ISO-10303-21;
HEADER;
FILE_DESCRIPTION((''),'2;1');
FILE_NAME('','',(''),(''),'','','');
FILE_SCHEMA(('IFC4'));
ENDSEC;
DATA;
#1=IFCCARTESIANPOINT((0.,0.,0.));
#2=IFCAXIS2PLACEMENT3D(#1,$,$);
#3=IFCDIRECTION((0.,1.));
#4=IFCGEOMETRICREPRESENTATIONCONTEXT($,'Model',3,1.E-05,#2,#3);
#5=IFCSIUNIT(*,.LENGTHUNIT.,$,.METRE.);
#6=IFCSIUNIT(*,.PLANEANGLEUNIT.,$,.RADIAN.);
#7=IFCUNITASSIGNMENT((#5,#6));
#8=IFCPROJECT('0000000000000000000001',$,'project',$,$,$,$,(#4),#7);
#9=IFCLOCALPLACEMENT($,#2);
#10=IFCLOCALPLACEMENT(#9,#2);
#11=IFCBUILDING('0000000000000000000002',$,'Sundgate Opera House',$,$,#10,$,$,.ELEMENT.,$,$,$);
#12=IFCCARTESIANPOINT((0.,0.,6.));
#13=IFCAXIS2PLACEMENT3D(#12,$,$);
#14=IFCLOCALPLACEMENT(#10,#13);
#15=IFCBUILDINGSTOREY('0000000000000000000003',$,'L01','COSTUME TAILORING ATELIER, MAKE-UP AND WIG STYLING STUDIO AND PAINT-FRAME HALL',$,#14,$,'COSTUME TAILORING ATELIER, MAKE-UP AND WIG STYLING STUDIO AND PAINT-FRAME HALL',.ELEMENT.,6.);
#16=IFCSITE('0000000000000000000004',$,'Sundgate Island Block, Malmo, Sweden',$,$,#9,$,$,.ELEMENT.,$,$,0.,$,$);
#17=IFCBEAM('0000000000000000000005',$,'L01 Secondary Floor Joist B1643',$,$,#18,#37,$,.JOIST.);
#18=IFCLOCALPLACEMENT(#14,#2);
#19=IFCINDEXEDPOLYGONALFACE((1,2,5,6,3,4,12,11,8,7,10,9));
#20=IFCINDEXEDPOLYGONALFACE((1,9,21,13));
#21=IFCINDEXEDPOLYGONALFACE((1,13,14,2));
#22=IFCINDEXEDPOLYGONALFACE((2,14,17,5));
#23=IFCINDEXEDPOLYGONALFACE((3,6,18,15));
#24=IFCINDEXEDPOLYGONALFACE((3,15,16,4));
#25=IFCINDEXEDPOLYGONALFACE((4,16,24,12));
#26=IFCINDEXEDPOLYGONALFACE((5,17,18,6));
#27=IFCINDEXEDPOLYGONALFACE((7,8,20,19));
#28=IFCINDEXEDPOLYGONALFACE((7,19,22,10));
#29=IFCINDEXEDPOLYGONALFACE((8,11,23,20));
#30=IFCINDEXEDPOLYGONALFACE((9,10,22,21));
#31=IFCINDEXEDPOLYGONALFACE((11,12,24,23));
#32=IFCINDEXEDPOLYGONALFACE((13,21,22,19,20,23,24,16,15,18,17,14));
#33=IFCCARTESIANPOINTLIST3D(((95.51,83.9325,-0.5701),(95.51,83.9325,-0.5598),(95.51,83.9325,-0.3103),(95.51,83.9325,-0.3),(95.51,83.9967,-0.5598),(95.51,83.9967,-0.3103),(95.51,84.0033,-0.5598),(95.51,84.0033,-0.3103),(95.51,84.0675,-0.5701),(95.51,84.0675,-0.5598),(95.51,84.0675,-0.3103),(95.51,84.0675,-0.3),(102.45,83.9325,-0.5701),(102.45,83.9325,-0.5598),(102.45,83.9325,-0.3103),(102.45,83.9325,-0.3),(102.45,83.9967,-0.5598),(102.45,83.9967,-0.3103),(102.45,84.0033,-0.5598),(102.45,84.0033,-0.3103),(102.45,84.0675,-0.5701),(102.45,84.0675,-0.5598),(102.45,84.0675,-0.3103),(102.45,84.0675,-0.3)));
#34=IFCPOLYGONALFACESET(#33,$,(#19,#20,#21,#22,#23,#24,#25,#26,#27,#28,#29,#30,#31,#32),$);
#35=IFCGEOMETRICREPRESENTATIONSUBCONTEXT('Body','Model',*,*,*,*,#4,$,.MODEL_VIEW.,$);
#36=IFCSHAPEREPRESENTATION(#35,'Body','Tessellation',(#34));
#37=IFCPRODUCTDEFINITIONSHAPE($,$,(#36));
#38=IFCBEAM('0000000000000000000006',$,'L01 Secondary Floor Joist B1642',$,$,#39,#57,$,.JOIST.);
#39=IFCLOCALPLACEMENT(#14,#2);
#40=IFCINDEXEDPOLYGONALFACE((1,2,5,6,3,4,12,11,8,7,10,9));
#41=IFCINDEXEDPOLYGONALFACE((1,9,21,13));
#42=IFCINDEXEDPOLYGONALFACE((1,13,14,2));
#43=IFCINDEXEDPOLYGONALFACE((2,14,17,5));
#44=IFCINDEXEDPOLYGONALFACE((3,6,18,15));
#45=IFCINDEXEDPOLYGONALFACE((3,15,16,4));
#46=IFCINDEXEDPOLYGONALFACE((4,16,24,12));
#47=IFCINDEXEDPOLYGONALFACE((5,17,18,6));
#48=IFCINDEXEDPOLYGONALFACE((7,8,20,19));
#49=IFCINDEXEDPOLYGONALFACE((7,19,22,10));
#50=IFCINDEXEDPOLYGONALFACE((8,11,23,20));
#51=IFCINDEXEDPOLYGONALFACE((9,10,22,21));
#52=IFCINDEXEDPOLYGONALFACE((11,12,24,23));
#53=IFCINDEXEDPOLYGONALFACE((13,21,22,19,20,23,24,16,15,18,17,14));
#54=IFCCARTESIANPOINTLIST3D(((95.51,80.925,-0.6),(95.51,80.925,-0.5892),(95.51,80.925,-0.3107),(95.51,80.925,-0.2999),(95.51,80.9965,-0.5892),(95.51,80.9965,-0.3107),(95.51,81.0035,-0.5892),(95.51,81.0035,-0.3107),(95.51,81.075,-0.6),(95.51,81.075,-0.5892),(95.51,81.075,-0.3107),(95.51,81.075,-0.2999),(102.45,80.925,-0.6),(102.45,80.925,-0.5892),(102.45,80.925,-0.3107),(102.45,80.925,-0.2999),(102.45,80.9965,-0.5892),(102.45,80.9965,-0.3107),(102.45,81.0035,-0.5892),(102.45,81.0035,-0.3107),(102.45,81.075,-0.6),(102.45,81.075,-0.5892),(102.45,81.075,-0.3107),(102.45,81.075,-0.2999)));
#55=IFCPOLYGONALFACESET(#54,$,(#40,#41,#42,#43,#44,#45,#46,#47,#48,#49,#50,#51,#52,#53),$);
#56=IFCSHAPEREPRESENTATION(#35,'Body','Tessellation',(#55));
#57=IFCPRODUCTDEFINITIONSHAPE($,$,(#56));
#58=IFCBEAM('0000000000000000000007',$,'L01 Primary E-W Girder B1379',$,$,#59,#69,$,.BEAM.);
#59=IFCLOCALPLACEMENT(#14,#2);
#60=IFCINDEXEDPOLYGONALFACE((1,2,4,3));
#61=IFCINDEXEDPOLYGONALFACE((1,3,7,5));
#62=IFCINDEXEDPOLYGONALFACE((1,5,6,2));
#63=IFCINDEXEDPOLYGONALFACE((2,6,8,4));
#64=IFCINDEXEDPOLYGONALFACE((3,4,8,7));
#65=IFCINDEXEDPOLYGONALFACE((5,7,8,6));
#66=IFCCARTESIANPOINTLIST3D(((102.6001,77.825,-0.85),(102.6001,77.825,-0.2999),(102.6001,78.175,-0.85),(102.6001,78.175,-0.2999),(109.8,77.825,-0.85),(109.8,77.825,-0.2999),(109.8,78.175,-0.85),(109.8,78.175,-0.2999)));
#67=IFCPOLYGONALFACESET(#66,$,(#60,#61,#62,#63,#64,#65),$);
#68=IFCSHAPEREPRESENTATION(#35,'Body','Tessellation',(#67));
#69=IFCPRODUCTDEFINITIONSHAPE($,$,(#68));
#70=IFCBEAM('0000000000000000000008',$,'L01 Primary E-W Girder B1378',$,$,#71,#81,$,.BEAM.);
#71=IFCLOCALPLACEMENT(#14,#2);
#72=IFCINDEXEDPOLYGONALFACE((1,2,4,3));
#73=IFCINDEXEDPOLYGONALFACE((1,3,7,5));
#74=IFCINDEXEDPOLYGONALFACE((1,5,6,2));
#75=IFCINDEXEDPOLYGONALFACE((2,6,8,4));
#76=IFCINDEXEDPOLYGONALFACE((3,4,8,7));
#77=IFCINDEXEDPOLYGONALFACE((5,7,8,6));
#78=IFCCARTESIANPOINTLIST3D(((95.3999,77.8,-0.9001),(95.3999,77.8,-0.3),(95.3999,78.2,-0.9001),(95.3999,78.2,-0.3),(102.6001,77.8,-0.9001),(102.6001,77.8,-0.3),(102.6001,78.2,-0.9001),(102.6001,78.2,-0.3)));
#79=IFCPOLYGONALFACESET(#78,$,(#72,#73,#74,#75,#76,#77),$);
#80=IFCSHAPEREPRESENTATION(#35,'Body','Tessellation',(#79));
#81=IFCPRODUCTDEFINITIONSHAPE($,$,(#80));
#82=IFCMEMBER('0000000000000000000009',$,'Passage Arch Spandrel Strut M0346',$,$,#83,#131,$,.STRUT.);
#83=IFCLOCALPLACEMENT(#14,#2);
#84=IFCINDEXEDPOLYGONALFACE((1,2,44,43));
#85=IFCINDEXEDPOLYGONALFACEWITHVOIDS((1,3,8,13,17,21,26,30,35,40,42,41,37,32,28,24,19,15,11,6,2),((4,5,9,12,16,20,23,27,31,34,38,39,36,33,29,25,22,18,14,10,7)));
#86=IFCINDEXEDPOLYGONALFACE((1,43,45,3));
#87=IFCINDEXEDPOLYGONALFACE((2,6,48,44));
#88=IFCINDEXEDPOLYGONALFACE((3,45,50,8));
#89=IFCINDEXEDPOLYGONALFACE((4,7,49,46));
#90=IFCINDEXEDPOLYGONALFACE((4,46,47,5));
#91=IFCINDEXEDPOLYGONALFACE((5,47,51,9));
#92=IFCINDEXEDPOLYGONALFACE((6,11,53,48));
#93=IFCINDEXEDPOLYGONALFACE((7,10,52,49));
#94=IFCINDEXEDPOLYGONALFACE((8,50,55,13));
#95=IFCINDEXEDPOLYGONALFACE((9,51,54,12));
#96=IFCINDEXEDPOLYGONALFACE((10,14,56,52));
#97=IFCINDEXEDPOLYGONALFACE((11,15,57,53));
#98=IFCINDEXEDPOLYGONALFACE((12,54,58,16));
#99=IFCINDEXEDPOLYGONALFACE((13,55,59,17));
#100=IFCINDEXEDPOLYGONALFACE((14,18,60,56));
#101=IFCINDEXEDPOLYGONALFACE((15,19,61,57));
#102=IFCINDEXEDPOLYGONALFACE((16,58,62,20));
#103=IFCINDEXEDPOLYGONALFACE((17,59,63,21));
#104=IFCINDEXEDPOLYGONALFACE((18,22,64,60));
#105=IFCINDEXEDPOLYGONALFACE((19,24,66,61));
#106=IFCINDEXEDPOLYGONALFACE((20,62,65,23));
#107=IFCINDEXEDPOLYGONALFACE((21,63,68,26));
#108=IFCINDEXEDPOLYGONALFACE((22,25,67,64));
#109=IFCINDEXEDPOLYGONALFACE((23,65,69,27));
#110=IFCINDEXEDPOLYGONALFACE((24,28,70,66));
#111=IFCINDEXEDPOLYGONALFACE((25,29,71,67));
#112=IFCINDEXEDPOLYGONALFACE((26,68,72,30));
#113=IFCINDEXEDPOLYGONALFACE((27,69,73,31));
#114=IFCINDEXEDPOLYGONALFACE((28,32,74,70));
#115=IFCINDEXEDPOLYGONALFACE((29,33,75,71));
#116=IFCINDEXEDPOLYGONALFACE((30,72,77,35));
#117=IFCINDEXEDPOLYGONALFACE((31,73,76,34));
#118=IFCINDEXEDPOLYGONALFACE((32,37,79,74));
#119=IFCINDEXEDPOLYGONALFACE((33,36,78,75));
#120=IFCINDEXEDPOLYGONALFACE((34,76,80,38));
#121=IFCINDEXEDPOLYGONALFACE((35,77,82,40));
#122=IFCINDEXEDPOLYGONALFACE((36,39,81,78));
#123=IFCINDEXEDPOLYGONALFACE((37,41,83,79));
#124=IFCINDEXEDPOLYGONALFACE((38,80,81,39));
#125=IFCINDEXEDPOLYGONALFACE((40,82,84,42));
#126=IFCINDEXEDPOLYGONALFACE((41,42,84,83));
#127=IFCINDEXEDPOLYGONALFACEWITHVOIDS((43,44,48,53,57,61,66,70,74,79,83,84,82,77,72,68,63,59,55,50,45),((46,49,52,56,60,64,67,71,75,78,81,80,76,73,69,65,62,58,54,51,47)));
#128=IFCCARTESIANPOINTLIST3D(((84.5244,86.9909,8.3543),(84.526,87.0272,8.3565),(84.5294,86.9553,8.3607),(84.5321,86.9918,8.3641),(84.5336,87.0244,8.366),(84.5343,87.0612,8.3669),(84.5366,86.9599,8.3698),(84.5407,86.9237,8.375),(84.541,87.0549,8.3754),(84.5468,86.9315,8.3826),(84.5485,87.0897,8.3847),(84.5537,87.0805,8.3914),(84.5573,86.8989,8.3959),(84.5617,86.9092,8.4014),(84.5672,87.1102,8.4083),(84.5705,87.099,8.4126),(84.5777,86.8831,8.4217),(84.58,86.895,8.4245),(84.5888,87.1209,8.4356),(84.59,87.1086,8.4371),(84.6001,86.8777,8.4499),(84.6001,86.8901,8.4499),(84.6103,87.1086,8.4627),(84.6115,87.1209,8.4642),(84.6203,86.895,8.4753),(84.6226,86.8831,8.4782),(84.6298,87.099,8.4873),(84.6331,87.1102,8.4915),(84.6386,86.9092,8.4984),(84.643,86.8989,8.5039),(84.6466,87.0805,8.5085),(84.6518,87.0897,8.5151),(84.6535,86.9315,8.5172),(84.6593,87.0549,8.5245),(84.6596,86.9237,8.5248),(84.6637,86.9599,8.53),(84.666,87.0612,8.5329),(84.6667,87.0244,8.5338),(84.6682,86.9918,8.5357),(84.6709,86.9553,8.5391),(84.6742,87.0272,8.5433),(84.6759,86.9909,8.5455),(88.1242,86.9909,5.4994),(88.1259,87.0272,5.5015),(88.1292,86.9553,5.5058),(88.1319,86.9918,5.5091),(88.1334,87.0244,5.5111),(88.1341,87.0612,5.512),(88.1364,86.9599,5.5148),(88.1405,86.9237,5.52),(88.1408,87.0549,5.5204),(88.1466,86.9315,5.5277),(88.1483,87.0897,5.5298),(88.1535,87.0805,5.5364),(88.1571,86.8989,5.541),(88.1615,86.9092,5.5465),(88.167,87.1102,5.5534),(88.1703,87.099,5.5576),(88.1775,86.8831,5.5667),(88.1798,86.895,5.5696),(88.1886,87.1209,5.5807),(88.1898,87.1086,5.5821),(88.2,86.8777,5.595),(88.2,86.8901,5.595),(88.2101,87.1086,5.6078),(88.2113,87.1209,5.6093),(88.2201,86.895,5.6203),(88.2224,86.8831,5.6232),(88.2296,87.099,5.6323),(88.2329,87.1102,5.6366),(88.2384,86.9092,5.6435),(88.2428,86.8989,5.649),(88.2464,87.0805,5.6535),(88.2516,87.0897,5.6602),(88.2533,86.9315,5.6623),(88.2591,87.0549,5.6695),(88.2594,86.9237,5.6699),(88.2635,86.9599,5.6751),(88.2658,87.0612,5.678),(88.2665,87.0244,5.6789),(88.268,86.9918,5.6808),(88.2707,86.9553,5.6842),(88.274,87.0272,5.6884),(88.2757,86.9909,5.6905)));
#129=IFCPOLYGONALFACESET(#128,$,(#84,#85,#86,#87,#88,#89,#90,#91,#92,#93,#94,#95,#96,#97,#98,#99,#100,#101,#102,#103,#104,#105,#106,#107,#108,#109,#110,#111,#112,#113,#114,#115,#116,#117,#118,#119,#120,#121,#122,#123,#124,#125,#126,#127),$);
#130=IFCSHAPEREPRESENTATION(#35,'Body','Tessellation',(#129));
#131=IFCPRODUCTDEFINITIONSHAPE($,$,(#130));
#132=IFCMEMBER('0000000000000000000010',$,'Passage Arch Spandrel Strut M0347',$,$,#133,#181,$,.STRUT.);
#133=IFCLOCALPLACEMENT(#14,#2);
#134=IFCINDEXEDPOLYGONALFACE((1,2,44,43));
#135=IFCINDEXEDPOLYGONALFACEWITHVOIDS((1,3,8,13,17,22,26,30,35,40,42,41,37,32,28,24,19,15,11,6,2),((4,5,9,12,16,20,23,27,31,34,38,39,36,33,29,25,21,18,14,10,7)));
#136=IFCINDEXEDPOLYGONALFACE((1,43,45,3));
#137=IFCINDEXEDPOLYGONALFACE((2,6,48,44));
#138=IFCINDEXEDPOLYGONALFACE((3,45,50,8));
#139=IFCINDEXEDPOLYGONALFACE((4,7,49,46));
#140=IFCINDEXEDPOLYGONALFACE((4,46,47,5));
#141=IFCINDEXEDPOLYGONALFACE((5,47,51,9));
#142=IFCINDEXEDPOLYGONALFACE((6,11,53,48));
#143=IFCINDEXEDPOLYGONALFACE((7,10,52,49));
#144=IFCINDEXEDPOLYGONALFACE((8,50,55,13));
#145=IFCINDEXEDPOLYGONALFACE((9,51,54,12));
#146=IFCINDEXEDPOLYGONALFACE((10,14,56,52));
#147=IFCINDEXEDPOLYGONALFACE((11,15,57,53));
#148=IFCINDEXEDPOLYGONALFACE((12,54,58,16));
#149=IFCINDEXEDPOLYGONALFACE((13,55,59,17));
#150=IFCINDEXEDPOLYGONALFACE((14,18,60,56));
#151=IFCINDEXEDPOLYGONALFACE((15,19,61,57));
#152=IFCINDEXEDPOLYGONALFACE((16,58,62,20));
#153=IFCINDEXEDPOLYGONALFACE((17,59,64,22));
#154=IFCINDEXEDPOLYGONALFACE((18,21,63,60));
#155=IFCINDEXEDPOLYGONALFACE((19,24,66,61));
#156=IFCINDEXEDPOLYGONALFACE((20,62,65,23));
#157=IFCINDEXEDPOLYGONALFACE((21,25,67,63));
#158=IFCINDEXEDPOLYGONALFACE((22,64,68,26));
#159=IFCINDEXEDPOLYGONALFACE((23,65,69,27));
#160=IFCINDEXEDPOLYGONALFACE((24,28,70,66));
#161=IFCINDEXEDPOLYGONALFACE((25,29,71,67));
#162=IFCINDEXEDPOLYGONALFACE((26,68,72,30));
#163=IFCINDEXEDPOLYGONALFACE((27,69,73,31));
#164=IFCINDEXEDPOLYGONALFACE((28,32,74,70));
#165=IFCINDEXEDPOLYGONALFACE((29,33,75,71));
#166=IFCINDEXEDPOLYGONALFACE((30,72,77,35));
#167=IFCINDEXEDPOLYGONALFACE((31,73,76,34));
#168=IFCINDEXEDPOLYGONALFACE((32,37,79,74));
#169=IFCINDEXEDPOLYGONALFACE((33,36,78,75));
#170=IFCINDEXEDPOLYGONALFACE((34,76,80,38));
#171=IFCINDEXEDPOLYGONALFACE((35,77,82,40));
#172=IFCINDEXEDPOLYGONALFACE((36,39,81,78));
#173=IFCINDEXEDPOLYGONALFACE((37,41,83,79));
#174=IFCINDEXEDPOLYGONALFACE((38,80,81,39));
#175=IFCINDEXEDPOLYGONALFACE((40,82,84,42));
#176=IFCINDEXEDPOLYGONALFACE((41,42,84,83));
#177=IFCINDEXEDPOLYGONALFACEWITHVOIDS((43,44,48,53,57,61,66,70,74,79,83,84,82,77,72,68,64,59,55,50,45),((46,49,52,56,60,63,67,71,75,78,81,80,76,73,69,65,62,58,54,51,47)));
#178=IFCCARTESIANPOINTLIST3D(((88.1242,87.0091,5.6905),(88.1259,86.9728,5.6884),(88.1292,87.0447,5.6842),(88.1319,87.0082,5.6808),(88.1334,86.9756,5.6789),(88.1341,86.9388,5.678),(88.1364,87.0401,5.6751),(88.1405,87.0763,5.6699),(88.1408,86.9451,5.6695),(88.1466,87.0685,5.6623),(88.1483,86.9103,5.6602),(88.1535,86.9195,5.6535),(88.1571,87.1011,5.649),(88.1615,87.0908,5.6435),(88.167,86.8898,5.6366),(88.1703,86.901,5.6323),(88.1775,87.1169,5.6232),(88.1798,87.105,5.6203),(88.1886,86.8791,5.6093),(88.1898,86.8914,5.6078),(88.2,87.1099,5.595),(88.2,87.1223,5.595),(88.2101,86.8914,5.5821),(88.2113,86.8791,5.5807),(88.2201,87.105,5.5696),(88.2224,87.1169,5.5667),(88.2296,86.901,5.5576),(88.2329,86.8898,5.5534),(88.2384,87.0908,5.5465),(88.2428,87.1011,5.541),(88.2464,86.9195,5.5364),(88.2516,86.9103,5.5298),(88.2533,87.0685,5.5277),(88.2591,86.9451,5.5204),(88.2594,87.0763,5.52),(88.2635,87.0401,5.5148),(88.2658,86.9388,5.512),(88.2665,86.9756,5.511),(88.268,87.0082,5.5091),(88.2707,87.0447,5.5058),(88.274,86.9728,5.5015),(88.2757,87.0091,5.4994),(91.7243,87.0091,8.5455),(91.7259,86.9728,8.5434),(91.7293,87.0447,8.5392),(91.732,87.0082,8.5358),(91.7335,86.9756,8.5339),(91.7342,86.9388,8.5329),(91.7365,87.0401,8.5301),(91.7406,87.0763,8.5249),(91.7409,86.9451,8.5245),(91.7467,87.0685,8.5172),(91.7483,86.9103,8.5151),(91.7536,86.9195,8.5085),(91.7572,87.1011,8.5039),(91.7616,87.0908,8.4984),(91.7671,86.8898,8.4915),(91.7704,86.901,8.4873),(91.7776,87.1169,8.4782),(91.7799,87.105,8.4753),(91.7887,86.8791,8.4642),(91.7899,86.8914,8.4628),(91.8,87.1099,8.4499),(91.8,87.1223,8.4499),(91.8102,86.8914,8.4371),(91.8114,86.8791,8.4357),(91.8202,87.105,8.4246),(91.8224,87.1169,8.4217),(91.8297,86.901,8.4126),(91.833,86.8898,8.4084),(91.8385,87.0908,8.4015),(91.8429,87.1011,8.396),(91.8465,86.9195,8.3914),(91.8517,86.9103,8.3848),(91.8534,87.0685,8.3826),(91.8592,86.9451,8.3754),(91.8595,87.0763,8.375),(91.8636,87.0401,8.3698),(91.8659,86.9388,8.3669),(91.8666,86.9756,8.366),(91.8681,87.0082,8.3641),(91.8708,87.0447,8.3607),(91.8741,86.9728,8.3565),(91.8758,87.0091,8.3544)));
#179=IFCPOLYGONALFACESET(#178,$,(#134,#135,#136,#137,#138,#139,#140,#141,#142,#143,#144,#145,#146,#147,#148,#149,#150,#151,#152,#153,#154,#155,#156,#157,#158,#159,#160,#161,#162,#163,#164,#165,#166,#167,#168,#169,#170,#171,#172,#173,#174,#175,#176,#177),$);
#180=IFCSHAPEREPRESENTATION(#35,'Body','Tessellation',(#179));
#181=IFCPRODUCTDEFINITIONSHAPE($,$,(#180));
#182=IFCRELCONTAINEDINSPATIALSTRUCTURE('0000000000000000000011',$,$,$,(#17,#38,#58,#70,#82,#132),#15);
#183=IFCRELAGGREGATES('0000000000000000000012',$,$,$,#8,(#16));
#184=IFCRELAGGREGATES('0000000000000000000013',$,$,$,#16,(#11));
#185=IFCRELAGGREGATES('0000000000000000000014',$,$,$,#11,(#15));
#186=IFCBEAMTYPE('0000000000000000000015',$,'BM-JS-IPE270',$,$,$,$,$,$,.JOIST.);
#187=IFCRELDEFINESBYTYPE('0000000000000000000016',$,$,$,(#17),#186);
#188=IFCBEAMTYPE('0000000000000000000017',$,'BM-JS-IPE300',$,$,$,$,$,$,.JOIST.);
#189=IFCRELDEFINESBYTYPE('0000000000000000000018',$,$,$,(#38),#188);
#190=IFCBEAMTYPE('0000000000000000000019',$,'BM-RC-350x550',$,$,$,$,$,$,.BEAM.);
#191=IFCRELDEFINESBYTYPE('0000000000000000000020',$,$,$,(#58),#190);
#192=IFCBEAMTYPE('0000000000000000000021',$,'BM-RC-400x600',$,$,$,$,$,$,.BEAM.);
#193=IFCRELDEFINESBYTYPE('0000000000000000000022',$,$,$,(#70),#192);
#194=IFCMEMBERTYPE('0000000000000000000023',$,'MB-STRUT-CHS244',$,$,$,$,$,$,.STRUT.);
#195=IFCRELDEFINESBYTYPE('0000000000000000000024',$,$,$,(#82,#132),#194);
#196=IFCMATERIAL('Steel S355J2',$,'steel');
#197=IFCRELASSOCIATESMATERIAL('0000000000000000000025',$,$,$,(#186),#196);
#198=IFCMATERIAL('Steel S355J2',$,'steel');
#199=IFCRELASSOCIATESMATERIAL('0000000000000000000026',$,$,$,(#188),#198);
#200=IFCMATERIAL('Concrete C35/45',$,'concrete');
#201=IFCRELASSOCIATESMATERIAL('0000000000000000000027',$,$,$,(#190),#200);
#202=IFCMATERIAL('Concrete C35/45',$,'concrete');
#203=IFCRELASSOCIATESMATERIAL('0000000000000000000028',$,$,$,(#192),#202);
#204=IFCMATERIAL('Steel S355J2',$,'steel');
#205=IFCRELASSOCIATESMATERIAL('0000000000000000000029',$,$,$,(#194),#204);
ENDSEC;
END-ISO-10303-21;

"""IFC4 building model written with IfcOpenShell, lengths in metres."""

from ifc_helpers import new_model, si_unit, direction, frame, origin, origin_2d, place, context, subcontext, project, spatial, rectangle, hollow_circle, i_section, extrude, material, material_profile, profile_set, type_object, element, save


model = new_model("IFC4")

# Units and contexts
model_context = context("Model", 3, precision=1e-05, world=origin(), true_north=direction((0.0, 1.0)))
body_context = subcontext(model_context, "Body", "Model", "MODEL_VIEW")
ifc_project = project(units=[si_unit("LENGTHUNIT", "METRE"), si_unit("PLANEANGLEUNIT", "RADIAN")], contexts=[model_context])

# Site, building, storey
site_placement = place(None, origin())
site = spatial("IfcSite", under=ifc_project, at=site_placement, Name="Sundgate Island Block, Malmo, Sweden", CompositionType="ELEMENT", RefElevation=0.0)
building_placement = place(site_placement, origin())
building = spatial("IfcBuilding", under=site, at=building_placement, Name="Sundgate Opera House", CompositionType="ELEMENT")
storey_placement = place(building_placement, frame((0.0, 0.0, 6.0)))
storey = spatial("IfcBuildingStorey", under=building, at=storey_placement, Name="L01", Description="COSTUME TAILORING ATELIER, MAKE-UP AND WIG STYLING STUDIO AND PAINT-FRAME HALL", LongName="COSTUME TAILORING ATELIER, MAKE-UP AND WIG STYLING STUDIO AND PAINT-FRAME HALL", CompositionType="ELEMENT", Elevation=6.0)

# Beams
ifc_material_1 = material(Name="Steel S355J2", Category="steel")
ifc_material_profile_1 = material_profile(ifc_material_1, i_section(OverallWidth=0.135, OverallDepth=0.27, WebThickness=0.0066, FlangeThickness=0.0103, at=origin_2d()), Name="IPE 270")
ifc_profile_set_1 = profile_set([ifc_material_profile_1], Name="Steel S355J2")
beam_type_1 = type_object("IfcBeamType", Name="BM-JS-IPE270", PredefinedType="JOIST", material=ifc_profile_set_1)
beam_1_placement = place(storey_placement, frame((95.51, 84.0, -0.4351), z_axis=(1.0, 0.0, 0.0), x_axis=(0.0, 1.0, 0.0)))
element("IfcBeam", 1, at=beam_1_placement, inside=storey, type_object=beam_type_1, Name="L01 Secondary Floor Joist B1643", PredefinedType="JOIST", context=body_context, shape_type="SweptSolid", body=[
    extrude(i_section(OverallWidth=0.135, OverallDepth=0.27, WebThickness=0.0066, FlangeThickness=0.0103, at=origin_2d()), origin(), (0.0, 0.0, 1.0), 6.9399),
])
ifc_material_2 = material(Name="Steel S355J2", Category="steel")
ifc_material_profile_2 = material_profile(ifc_material_2, i_section(OverallWidth=0.1499, OverallDepth=0.3, WebThickness=0.0071, FlangeThickness=0.0107, at=origin_2d()), Name="IPE 300")
ifc_profile_set_2 = profile_set([ifc_material_profile_2], Name="Steel S355J2")
beam_type_2 = type_object("IfcBeamType", Name="BM-JS-IPE300", PredefinedType="JOIST", material=ifc_profile_set_2)
beam_2_placement = place(storey_placement, frame((95.51, 81.0, -0.45), z_axis=(1.0, 0.0, 0.0), x_axis=(0.0, 1.0, 0.0)))
element("IfcBeam", 2, at=beam_2_placement, inside=storey, type_object=beam_type_2, Name="L01 Secondary Floor Joist B1642", PredefinedType="JOIST", context=body_context, shape_type="SweptSolid", body=[
    extrude(i_section(OverallWidth=0.1499, OverallDepth=0.3, WebThickness=0.0071, FlangeThickness=0.0107, at=origin_2d()), origin(), (0.0, 0.0, 1.0), 6.9399),
])
ifc_material_3 = material(Name="Concrete C35/45", Category="concrete")
ifc_material_profile_3 = material_profile(ifc_material_3, rectangle(XDim=0.3501, YDim=0.55, at=origin_2d()), Name="RC 350x550")
ifc_profile_set_3 = profile_set([ifc_material_profile_3], Name="Concrete C35/45")
beam_type_3 = type_object("IfcBeamType", Name="BM-RC-350x550", PredefinedType="BEAM", material=ifc_profile_set_3)
beam_3_placement = place(storey_placement, frame((102.6001, 78.0, -0.575), z_axis=(1.0, 0.0, 0.0), x_axis=(0.0, 1.0, 0.0)))
element("IfcBeam", 3, at=beam_3_placement, inside=storey, type_object=beam_type_3, Name="L01 Primary E-W Girder B1379", PredefinedType="BEAM", context=body_context, shape_type="SweptSolid", body=[
    extrude(rectangle(XDim=0.3501, YDim=0.55, at=origin_2d()), origin(), (0.0, 0.0, 1.0), 7.2),
])
ifc_material_4 = material(Name="Concrete C35/45", Category="concrete")
ifc_material_profile_4 = material_profile(ifc_material_4, rectangle(XDim=0.3999, YDim=0.6001, at=origin_2d()), Name="RC 400x600")
ifc_profile_set_4 = profile_set([ifc_material_profile_4], Name="Concrete C35/45")
beam_type_4 = type_object("IfcBeamType", Name="BM-RC-400x600", PredefinedType="BEAM", material=ifc_profile_set_4)
beam_4_placement = place(storey_placement, frame((95.3999, 78.0, -0.6001), z_axis=(1.0, 0.0, 0.0), x_axis=(0.0, 1.0, 0.0)))
element("IfcBeam", 4, at=beam_4_placement, inside=storey, type_object=beam_type_4, Name="L01 Primary E-W Girder B1378", PredefinedType="BEAM", context=body_context, shape_type="SweptSolid", body=[
    extrude(rectangle(XDim=0.3999, YDim=0.6001, at=origin_2d()), origin(), (0.0, 0.0, 1.0), 7.2002),
])

# Members
ifc_material_5 = material(Name="Steel S355J2", Category="steel")
ifc_material_profile_5 = material_profile(ifc_material_5, hollow_circle(Radius=0.1223, WallThickness=0.0125, at=origin_2d()), Name="CHS 244.5x12.5")
ifc_profile_set_5 = profile_set([ifc_material_profile_5], Name="Steel S355J2")
member_type = type_object("IfcMemberType", Name="MB-STRUT-CHS244", PredefinedType="STRUT", material=ifc_profile_set_5)
member_1_placement = place(storey_placement, frame((88.2, 87.0, 5.595), z_axis=(-0.783506, 0.0, 0.621385), x_axis=(0.0, -1.0, 0.0)))
element("IfcMember", 5, at=member_1_placement, inside=storey, type_object=member_type, Name="Passage Arch Spandrel Strut M0346", PredefinedType="STRUT", context=body_context, shape_type="SweptSolid", body=[
    extrude(hollow_circle(Radius=0.1223, WallThickness=0.0125, at=origin_2d()), origin(), (0.0, 0.0, 1.0), 4.5945),
])
member_2_placement = place(storey_placement, frame((88.2, 87.0, 5.595), z_axis=(0.783526, 0.0, 0.621359), x_axis=(0.0, 1.0, 0.0)))
element("IfcMember", 6, at=member_2_placement, inside=storey, type_object=member_type, Name="Passage Arch Spandrel Strut M0347", PredefinedType="STRUT", context=body_context, shape_type="SweptSolid", body=[
    extrude(hollow_circle(Radius=0.1223, WallThickness=0.0125, at=origin_2d()), origin(), (0.0, 0.0, 1.0), 4.5947),
])

save(model, "model.ifc")
